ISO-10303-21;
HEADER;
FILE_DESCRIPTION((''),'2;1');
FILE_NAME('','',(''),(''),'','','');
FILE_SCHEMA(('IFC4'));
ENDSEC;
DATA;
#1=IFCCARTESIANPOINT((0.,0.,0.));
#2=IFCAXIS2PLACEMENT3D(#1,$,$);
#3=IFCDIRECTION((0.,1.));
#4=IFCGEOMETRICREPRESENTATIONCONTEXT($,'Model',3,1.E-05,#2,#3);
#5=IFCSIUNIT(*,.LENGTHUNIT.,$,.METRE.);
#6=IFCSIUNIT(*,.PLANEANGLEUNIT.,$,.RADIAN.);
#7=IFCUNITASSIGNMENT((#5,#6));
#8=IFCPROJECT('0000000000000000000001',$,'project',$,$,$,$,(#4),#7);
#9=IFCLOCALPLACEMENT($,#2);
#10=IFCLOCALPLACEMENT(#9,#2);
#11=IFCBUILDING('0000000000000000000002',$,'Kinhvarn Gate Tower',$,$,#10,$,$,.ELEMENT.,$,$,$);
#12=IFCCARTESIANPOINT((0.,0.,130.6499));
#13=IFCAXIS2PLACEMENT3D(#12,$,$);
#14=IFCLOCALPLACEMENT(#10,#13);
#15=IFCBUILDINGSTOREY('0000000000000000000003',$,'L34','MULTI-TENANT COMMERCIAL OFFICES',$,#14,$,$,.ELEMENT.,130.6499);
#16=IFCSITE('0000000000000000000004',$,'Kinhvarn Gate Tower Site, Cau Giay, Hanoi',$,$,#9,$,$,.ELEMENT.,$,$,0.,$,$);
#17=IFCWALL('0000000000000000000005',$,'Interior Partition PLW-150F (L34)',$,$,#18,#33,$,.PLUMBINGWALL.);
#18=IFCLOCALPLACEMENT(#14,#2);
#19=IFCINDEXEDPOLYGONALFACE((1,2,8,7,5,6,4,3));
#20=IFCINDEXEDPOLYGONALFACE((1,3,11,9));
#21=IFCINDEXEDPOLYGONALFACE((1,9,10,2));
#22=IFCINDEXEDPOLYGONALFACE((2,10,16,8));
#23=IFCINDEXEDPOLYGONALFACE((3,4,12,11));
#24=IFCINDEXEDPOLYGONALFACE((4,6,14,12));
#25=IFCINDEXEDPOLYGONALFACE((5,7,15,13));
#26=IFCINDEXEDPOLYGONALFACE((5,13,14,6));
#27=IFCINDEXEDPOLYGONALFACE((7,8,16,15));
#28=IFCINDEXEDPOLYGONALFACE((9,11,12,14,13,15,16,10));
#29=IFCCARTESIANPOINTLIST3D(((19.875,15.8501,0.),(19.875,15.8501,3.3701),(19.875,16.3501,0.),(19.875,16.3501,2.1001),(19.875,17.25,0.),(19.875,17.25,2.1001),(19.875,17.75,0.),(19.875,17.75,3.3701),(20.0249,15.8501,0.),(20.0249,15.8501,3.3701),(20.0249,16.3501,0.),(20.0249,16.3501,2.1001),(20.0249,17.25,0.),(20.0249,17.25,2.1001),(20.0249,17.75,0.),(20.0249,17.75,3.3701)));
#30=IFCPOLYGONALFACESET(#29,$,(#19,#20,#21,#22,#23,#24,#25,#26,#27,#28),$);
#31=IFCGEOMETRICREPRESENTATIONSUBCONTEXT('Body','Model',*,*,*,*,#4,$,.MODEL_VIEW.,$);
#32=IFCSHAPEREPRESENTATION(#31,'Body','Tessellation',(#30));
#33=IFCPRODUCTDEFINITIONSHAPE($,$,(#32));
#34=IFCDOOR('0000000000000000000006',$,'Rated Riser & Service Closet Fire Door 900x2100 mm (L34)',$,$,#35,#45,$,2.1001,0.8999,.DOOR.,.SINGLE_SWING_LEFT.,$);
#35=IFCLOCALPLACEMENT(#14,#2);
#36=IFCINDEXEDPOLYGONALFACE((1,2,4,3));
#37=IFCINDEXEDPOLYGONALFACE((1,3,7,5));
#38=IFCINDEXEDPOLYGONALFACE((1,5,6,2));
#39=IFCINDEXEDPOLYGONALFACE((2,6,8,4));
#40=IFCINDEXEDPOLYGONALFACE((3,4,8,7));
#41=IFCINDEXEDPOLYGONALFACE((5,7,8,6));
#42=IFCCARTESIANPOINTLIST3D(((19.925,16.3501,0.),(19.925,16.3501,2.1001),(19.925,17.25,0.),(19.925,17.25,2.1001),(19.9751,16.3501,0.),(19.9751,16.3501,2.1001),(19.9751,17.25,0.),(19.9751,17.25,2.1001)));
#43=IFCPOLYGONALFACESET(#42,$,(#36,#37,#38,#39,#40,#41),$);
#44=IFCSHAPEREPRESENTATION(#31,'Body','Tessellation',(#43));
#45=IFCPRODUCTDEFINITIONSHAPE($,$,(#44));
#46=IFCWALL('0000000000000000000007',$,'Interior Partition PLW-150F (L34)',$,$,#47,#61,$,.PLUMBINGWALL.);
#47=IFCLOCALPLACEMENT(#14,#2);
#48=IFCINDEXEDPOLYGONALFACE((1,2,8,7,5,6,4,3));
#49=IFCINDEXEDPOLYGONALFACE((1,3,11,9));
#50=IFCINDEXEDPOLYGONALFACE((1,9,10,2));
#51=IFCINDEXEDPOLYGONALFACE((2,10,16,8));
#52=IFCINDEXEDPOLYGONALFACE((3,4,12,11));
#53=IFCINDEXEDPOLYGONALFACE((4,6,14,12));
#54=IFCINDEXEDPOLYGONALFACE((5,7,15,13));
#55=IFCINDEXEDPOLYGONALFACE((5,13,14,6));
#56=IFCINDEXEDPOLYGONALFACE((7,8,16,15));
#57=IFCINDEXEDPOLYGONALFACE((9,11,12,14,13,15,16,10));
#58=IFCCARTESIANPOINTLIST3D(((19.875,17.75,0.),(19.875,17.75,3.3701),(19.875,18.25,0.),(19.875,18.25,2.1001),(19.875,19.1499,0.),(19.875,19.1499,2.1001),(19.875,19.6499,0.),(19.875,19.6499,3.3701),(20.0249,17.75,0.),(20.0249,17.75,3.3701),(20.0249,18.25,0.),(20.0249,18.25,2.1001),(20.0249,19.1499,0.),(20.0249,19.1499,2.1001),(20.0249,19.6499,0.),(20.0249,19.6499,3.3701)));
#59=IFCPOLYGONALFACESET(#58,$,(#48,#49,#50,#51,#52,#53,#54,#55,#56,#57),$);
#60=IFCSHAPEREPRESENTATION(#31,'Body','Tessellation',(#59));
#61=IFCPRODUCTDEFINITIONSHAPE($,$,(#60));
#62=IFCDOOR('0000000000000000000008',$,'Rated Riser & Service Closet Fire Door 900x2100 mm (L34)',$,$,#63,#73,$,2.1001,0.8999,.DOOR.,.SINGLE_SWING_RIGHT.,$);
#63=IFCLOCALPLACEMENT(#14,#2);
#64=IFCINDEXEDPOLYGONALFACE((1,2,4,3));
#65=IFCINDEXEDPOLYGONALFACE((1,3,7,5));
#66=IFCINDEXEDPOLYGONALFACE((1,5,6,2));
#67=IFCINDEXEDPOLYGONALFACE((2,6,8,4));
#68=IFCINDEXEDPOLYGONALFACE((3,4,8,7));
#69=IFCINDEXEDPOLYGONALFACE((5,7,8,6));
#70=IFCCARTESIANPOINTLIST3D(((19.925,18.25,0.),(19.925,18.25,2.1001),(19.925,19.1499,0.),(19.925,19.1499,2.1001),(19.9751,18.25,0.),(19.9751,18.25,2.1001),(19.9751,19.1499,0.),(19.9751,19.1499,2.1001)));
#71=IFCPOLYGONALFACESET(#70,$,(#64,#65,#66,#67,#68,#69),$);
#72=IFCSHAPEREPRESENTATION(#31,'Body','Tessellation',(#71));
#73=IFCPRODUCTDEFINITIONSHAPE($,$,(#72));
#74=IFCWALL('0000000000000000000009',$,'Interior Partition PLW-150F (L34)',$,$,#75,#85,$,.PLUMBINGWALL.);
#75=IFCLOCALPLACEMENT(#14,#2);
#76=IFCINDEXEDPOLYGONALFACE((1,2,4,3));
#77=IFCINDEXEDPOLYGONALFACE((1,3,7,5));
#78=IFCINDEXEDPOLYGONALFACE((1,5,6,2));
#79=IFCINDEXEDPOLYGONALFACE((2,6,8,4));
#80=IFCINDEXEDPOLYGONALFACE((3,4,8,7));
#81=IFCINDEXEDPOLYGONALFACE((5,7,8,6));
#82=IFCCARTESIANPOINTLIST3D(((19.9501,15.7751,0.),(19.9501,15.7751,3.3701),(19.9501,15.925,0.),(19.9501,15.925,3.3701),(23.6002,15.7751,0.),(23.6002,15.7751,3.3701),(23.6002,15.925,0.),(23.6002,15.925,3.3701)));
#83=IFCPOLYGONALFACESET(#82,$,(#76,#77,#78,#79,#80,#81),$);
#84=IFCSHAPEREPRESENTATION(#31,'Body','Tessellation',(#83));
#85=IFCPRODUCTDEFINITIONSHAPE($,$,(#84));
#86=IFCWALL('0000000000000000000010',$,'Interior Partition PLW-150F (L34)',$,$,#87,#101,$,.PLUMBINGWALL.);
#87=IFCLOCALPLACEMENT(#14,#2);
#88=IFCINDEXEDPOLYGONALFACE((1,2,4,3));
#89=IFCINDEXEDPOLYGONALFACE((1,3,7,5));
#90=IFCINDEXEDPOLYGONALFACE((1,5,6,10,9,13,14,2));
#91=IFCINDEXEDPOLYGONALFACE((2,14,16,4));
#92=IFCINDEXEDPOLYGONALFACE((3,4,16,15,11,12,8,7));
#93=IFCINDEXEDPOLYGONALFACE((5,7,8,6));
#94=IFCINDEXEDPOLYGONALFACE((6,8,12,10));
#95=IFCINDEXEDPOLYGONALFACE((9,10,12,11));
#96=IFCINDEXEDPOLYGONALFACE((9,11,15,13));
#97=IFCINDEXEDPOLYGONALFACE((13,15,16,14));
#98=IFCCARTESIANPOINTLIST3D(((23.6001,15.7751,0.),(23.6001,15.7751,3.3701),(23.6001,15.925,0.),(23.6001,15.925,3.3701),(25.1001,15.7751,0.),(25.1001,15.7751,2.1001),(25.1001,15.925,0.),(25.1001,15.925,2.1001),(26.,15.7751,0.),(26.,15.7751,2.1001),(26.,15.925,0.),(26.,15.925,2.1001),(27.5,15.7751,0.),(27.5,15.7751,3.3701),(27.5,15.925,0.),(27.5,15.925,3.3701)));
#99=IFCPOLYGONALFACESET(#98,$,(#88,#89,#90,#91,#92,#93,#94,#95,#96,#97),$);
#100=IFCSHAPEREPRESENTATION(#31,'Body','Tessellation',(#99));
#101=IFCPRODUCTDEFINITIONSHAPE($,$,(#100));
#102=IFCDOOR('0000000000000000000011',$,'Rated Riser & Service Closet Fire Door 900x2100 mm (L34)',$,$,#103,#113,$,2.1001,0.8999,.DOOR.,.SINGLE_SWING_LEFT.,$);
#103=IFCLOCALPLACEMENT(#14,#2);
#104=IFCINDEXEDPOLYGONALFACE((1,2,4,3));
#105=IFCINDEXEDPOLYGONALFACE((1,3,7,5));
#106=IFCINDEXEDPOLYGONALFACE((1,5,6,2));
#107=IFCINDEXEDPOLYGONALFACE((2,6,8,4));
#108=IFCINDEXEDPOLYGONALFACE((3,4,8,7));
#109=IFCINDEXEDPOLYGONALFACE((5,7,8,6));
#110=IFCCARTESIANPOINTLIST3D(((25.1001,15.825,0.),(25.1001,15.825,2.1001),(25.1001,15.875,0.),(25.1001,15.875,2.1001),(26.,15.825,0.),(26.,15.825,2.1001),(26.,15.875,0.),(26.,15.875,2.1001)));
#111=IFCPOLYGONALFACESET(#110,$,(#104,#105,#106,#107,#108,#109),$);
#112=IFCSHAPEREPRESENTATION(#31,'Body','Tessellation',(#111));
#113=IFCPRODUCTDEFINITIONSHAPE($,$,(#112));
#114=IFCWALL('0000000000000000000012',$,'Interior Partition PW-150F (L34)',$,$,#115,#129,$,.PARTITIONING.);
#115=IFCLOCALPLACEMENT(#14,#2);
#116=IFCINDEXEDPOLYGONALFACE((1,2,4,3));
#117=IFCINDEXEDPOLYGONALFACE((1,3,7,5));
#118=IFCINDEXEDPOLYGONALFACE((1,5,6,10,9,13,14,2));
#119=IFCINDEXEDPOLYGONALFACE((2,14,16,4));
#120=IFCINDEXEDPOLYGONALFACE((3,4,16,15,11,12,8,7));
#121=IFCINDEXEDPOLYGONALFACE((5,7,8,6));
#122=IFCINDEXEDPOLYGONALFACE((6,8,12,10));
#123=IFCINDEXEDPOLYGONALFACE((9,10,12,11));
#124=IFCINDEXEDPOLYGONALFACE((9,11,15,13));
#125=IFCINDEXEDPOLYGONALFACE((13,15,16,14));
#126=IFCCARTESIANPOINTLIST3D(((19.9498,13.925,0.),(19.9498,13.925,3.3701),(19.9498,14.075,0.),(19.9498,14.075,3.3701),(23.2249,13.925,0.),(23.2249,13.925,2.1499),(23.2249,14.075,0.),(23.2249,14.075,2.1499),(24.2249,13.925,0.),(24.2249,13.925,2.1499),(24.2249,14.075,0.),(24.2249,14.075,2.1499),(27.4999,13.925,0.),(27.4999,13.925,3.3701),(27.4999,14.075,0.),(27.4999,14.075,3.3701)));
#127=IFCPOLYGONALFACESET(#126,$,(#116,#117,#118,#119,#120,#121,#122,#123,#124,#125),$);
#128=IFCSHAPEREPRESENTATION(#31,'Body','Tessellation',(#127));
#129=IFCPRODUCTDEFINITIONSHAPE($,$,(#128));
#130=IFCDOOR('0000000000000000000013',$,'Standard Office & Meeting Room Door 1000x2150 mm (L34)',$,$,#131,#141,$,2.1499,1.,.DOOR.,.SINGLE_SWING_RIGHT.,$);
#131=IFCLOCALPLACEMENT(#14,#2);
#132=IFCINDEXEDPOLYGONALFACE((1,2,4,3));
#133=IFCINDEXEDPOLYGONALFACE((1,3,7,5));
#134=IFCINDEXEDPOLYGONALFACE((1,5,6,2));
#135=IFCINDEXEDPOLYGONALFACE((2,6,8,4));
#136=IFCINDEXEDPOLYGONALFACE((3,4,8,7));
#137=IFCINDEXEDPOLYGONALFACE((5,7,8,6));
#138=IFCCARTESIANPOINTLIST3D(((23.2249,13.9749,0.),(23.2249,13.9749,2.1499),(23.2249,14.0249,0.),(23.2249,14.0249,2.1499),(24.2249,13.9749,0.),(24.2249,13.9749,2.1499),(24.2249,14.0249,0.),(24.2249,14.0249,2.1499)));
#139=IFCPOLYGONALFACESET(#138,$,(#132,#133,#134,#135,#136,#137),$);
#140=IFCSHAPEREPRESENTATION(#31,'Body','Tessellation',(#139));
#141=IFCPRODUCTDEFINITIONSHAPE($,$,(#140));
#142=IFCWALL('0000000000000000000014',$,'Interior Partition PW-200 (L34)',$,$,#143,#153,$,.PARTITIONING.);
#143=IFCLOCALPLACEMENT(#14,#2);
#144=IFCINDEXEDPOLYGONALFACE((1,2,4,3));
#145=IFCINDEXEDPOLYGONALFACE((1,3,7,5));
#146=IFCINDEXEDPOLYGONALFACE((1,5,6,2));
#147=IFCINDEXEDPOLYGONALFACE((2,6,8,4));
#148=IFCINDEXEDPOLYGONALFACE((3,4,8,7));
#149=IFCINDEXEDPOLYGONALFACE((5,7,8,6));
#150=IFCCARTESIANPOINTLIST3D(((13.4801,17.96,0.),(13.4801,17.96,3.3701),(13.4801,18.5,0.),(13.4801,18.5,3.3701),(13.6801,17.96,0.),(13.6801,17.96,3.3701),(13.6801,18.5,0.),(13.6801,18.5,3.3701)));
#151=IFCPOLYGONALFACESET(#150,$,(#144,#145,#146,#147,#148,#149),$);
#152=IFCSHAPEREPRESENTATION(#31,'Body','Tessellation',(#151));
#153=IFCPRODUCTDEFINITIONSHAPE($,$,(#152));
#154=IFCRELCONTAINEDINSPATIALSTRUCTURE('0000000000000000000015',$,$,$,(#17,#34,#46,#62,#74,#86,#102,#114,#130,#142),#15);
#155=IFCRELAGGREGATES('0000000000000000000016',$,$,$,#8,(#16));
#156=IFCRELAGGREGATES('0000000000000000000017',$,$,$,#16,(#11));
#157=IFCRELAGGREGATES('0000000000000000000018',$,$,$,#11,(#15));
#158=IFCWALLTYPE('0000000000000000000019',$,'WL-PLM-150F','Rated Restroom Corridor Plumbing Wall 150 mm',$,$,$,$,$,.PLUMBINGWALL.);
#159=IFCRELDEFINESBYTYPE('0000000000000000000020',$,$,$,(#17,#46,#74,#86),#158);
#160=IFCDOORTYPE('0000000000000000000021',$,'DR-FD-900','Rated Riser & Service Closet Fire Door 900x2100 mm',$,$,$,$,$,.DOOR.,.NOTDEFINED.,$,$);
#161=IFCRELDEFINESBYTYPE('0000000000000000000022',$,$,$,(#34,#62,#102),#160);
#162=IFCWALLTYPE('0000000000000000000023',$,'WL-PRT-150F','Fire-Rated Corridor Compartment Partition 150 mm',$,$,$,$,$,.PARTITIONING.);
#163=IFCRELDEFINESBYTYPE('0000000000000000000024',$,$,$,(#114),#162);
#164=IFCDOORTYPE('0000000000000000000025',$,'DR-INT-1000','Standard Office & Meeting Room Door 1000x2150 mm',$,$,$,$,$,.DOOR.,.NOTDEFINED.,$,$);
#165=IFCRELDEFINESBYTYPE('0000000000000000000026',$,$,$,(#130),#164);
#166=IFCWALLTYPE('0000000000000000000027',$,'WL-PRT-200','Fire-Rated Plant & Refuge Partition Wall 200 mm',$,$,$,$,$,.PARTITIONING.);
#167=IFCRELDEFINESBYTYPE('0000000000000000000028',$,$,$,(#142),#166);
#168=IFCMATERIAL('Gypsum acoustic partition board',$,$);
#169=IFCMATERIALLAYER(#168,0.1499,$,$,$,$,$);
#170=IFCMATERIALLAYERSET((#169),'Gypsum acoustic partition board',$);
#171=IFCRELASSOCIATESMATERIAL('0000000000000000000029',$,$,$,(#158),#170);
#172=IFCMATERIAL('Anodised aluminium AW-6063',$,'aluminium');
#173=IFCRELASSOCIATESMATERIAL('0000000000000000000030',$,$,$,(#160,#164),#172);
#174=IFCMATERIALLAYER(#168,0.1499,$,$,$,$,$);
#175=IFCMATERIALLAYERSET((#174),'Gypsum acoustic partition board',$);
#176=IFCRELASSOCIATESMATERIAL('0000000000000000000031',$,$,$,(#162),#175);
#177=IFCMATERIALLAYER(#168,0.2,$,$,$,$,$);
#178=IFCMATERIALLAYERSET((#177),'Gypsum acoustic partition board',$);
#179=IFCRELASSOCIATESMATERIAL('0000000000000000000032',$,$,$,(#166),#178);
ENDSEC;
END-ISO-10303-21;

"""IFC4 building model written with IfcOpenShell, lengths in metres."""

from ifc_helpers import new_model, si_unit, direction, frame, frame_2d, origin, place, context, subcontext, project, spatial, rectangle, extrude, material, layer, layer_set, type_object, element, fill, save


model = new_model("IFC4")

# Units and contexts
model_context = context("Model", 3, precision=1e-05, world=origin(), true_north=direction((0.0, 1.0)))
body_context = subcontext(model_context, "Body", "Model", "MODEL_VIEW")
ifc_project = project(units=[si_unit("LENGTHUNIT", "METRE"), si_unit("PLANEANGLEUNIT", "RADIAN")], contexts=[model_context])

# Site, building, storey
site_placement = place(None, origin())
site = spatial("IfcSite", under=ifc_project, at=site_placement, Name="Kinhvarn Gate Tower Site, Cau Giay, Hanoi", CompositionType="ELEMENT", RefElevation=0.0)
building_placement = place(site_placement, origin())
building = spatial("IfcBuilding", under=site, at=building_placement, Name="Kinhvarn Gate Tower", CompositionType="ELEMENT")
storey_placement = place(building_placement, frame((0.0, 0.0, 130.6499)))
storey = spatial("IfcBuildingStorey", under=building, at=storey_placement, Name="L34", Description="MULTI-TENANT COMMERCIAL OFFICES", CompositionType="ELEMENT", Elevation=130.6499)

# Shared definitions
ifc_material_1 = material(Name="Anodised aluminium AW-6063", Category="aluminium")

# Shared definitions
ifc_material_2 = material(Name="Gypsum acoustic partition board")

# Walls, openings, doors
ifc_layer_1 = layer(ifc_material_2, 0.1499)
ifc_layer_set_1 = layer_set([ifc_layer_1], Name="Gypsum acoustic partition board")
wall_type_1 = type_object("IfcWallType", Name="WL-PLM-150F", Description="Rated Restroom Corridor Plumbing Wall 150 mm", PredefinedType="PLUMBINGWALL", material=ifc_layer_set_1)
wall_1_placement = place(storey_placement, frame((19.95, 15.8501, 0.0), z_axis=(0.0, 0.0, 1.0), x_axis=(0.0, 1.0, 0.0)))
wall_1 = element("IfcWall", 1, at=wall_1_placement, inside=storey, type_object=wall_type_1, Name="Interior Partition PLW-150F (L34)", PredefinedType="PLUMBINGWALL", context=body_context, shape_type="SweptSolid", body=[
    extrude(rectangle(XDim=1.8999, YDim=0.1499, at=frame_2d((0.95, 0.0))), origin(), (0.0, 0.0, 1.0), 3.3701),
])
opening_1_placement = place(wall_1_placement, frame((0.5, 0.0, 0.0)))
opening_1 = element("IfcOpeningElement", 2, at=opening_1_placement, cuts=wall_1, PredefinedType="OPENING", context=body_context, shape_type="SweptSolid", body=[
    extrude(rectangle(XDim=0.8999, YDim=2.1001, at=frame_2d((0.45, 1.05))), frame((0.0, 0.085, 0.0), z_axis=(0.0, -1.0, 0.0), x_axis=(1.0, 0.0, 0.0)), (0.0, 0.0, 1.0), 0.1699),
])
door_type_1 = type_object("IfcDoorType", Name="DR-FD-900", Description="Rated Riser & Service Closet Fire Door 900x2100 mm", OperationType="NOTDEFINED", PredefinedType="DOOR", material=ifc_material_1)
door_1_placement = place(opening_1_placement, origin())
door_1 = element("IfcDoor", 3, at=door_1_placement, inside=storey, type_object=door_type_1, Name="Rated Riser & Service Closet Fire Door 900x2100 mm (L34)", OperationType="SINGLE_SWING_LEFT", OverallHeight=2.1001, OverallWidth=0.8999, PredefinedType="DOOR", context=body_context, shape_type="SweptSolid", body=[
    extrude(rectangle(XDim=0.8999, YDim=2.1001, at=frame_2d((0.45, 1.05))), frame((0.0, 0.0249, 0.0), z_axis=(0.0, -1.0, 0.0), x_axis=(1.0, 0.0, 0.0)), (0.0, 0.0, 1.0), 0.05),
])
fill(opening_1, door_1)
wall_2_placement = place(storey_placement, frame((19.95, 17.75, 0.0), z_axis=(0.0, 0.0, 1.0), x_axis=(0.0, 1.0, 0.0)))
wall_2 = element("IfcWall", 4, at=wall_2_placement, inside=storey, type_object=wall_type_1, Name="Interior Partition PLW-150F (L34)", PredefinedType="PLUMBINGWALL", context=body_context, shape_type="SweptSolid", body=[
    extrude(rectangle(XDim=1.8999, YDim=0.1499, at=frame_2d((0.95, 0.0))), origin(), (0.0, 0.0, 1.0), 3.3701),
])
opening_2_placement = place(wall_2_placement, frame((0.5, 0.0, 0.0)))
opening_2 = element("IfcOpeningElement", 5, at=opening_2_placement, cuts=wall_2, PredefinedType="OPENING", context=body_context, shape_type="SweptSolid", body=[
    extrude(rectangle(XDim=0.8999, YDim=2.1001, at=frame_2d((0.45, 1.05))), frame((0.0, 0.085, 0.0), z_axis=(0.0, -1.0, 0.0), x_axis=(1.0, 0.0, 0.0)), (0.0, 0.0, 1.0), 0.1699),
])
door_2_placement = place(opening_2_placement, origin())
door_2 = element("IfcDoor", 6, at=door_2_placement, inside=storey, type_object=door_type_1, Name="Rated Riser & Service Closet Fire Door 900x2100 mm (L34)", OperationType="SINGLE_SWING_RIGHT", OverallHeight=2.1001, OverallWidth=0.8999, PredefinedType="DOOR", context=body_context, shape_type="SweptSolid", body=[
    extrude(rectangle(XDim=0.8999, YDim=2.1001, at=frame_2d((0.45, 1.05))), frame((0.0, 0.0249, 0.0), z_axis=(0.0, -1.0, 0.0), x_axis=(1.0, 0.0, 0.0)), (0.0, 0.0, 1.0), 0.05),
])
fill(opening_2, door_2)

# Wall
wall_3_placement = place(storey_placement, frame((19.95, 15.8501, 0.0), z_axis=(0.0, 0.0, 1.0), x_axis=(1.0, 0.0, 0.0)))
element("IfcWall", 7, at=wall_3_placement, inside=storey, type_object=wall_type_1, Name="Interior Partition PLW-150F (L34)", PredefinedType="PLUMBINGWALL", context=body_context, shape_type="SweptSolid", body=[
    extrude(rectangle(XDim=3.6501, YDim=0.1499, at=frame_2d((1.8252, 0.0))), origin(), (0.0, 0.0, 1.0), 3.3701),
])

# Walls, openings, doors
wall_4_placement = place(storey_placement, frame((23.6001, 15.8501, 0.0), z_axis=(0.0, 0.0, 1.0), x_axis=(1.0, 0.0, 0.0)))
wall_4 = element("IfcWall", 8, at=wall_4_placement, inside=storey, type_object=wall_type_1, Name="Interior Partition PLW-150F (L34)", PredefinedType="PLUMBINGWALL", context=body_context, shape_type="SweptSolid", body=[
    extrude(rectangle(XDim=3.8999, YDim=0.1499, at=frame_2d((1.95, 0.0))), origin(), (0.0, 0.0, 1.0), 3.3701),
])
opening_3_placement = place(wall_4_placement, frame((1.5, 0.0, 0.0)))
opening_3 = element("IfcOpeningElement", 9, at=opening_3_placement, cuts=wall_4, PredefinedType="OPENING", context=body_context, shape_type="SweptSolid", body=[
    extrude(rectangle(XDim=0.8999, YDim=2.1001, at=frame_2d((0.45, 1.05))), frame((0.0, 0.085, 0.0), z_axis=(0.0, -1.0, 0.0), x_axis=(1.0, 0.0, 0.0)), (0.0, 0.0, 1.0), 0.1699),
])
door_3_placement = place(opening_3_placement, origin())
door_3 = element("IfcDoor", 10, at=door_3_placement, inside=storey, type_object=door_type_1, Name="Rated Riser & Service Closet Fire Door 900x2100 mm (L34)", OperationType="SINGLE_SWING_LEFT", OverallHeight=2.1001, OverallWidth=0.8999, PredefinedType="DOOR", context=body_context, shape_type="SweptSolid", body=[
    extrude(rectangle(XDim=0.8999, YDim=2.1001, at=frame_2d((0.45, 1.05))), frame((0.0, 0.0249, 0.0), z_axis=(0.0, -1.0, 0.0), x_axis=(1.0, 0.0, 0.0)), (0.0, 0.0, 1.0), 0.05),
])
fill(opening_3, door_3)
ifc_layer_2 = layer(ifc_material_2, 0.1499)
ifc_layer_set_2 = layer_set([ifc_layer_2], Name="Gypsum acoustic partition board")
wall_type_2 = type_object("IfcWallType", Name="WL-PRT-150F", Description="Fire-Rated Corridor Compartment Partition 150 mm", PredefinedType="PARTITIONING", material=ifc_layer_set_2)
wall_5_placement = place(storey_placement, frame((19.95, 14.0, 0.0), z_axis=(0.0, 0.0, 1.0), x_axis=(1.0, 0.0, 0.0)))
wall_5 = element("IfcWall", 11, at=wall_5_placement, inside=storey, type_object=wall_type_2, Name="Interior Partition PW-150F (L34)", PredefinedType="PARTITIONING", context=body_context, shape_type="SweptSolid", body=[
    extrude(rectangle(XDim=7.55, YDim=0.1499, at=frame_2d((3.7749, 0.0))), origin(), (0.0, 0.0, 1.0), 3.3701),
])
opening_4_placement = place(wall_5_placement, frame((3.2749, 0.0, 0.0)))
opening_4 = element("IfcOpeningElement", 12, at=opening_4_placement, cuts=wall_5, PredefinedType="OPENING", context=body_context, shape_type="SweptSolid", body=[
    extrude(rectangle(XDim=1.0, YDim=2.1499, at=frame_2d((0.5, 1.075))), frame((0.0, 0.085, 0.0), z_axis=(0.0, -1.0, 0.0), x_axis=(1.0, 0.0, 0.0)), (0.0, 0.0, 1.0), 0.1699),
])
door_type_2 = type_object("IfcDoorType", Name="DR-INT-1000", Description="Standard Office & Meeting Room Door 1000x2150 mm", OperationType="NOTDEFINED", PredefinedType="DOOR", material=ifc_material_1)
door_4_placement = place(opening_4_placement, origin())
door_4 = element("IfcDoor", 13, at=door_4_placement, inside=storey, type_object=door_type_2, Name="Standard Office & Meeting Room Door 1000x2150 mm (L34)", OperationType="SINGLE_SWING_RIGHT", OverallHeight=2.1499, OverallWidth=1.0, PredefinedType="DOOR", context=body_context, shape_type="SweptSolid", body=[
    extrude(rectangle(XDim=1.0, YDim=2.1499, at=frame_2d((0.5, 1.075))), frame((0.0, 0.0249, 0.0), z_axis=(0.0, -1.0, 0.0), x_axis=(1.0, 0.0, 0.0)), (0.0, 0.0, 1.0), 0.05),
])
fill(opening_4, door_4)

# Wall
ifc_layer_3 = layer(ifc_material_2, 0.2)
ifc_layer_set_3 = layer_set([ifc_layer_3], Name="Gypsum acoustic partition board")
wall_type_3 = type_object("IfcWallType", Name="WL-PRT-200", Description="Fire-Rated Plant & Refuge Partition Wall 200 mm", PredefinedType="PARTITIONING", material=ifc_layer_set_3)
wall_6_placement = place(storey_placement, frame((13.5801, 17.96, 0.0), z_axis=(0.0, 0.0, 1.0), x_axis=(0.0, 1.0, 0.0)))
element("IfcWall", 14, at=wall_6_placement, inside=storey, type_object=wall_type_3, Name="Interior Partition PW-200 (L34)", PredefinedType="PARTITIONING", context=body_context, shape_type="SweptSolid", body=[
    extrude(rectangle(XDim=0.54, YDim=0.2, at=frame_2d((0.27, 0.0))), origin(), (0.0, 0.0, 1.0), 3.3701),
])

save(model, "model.ifc")
